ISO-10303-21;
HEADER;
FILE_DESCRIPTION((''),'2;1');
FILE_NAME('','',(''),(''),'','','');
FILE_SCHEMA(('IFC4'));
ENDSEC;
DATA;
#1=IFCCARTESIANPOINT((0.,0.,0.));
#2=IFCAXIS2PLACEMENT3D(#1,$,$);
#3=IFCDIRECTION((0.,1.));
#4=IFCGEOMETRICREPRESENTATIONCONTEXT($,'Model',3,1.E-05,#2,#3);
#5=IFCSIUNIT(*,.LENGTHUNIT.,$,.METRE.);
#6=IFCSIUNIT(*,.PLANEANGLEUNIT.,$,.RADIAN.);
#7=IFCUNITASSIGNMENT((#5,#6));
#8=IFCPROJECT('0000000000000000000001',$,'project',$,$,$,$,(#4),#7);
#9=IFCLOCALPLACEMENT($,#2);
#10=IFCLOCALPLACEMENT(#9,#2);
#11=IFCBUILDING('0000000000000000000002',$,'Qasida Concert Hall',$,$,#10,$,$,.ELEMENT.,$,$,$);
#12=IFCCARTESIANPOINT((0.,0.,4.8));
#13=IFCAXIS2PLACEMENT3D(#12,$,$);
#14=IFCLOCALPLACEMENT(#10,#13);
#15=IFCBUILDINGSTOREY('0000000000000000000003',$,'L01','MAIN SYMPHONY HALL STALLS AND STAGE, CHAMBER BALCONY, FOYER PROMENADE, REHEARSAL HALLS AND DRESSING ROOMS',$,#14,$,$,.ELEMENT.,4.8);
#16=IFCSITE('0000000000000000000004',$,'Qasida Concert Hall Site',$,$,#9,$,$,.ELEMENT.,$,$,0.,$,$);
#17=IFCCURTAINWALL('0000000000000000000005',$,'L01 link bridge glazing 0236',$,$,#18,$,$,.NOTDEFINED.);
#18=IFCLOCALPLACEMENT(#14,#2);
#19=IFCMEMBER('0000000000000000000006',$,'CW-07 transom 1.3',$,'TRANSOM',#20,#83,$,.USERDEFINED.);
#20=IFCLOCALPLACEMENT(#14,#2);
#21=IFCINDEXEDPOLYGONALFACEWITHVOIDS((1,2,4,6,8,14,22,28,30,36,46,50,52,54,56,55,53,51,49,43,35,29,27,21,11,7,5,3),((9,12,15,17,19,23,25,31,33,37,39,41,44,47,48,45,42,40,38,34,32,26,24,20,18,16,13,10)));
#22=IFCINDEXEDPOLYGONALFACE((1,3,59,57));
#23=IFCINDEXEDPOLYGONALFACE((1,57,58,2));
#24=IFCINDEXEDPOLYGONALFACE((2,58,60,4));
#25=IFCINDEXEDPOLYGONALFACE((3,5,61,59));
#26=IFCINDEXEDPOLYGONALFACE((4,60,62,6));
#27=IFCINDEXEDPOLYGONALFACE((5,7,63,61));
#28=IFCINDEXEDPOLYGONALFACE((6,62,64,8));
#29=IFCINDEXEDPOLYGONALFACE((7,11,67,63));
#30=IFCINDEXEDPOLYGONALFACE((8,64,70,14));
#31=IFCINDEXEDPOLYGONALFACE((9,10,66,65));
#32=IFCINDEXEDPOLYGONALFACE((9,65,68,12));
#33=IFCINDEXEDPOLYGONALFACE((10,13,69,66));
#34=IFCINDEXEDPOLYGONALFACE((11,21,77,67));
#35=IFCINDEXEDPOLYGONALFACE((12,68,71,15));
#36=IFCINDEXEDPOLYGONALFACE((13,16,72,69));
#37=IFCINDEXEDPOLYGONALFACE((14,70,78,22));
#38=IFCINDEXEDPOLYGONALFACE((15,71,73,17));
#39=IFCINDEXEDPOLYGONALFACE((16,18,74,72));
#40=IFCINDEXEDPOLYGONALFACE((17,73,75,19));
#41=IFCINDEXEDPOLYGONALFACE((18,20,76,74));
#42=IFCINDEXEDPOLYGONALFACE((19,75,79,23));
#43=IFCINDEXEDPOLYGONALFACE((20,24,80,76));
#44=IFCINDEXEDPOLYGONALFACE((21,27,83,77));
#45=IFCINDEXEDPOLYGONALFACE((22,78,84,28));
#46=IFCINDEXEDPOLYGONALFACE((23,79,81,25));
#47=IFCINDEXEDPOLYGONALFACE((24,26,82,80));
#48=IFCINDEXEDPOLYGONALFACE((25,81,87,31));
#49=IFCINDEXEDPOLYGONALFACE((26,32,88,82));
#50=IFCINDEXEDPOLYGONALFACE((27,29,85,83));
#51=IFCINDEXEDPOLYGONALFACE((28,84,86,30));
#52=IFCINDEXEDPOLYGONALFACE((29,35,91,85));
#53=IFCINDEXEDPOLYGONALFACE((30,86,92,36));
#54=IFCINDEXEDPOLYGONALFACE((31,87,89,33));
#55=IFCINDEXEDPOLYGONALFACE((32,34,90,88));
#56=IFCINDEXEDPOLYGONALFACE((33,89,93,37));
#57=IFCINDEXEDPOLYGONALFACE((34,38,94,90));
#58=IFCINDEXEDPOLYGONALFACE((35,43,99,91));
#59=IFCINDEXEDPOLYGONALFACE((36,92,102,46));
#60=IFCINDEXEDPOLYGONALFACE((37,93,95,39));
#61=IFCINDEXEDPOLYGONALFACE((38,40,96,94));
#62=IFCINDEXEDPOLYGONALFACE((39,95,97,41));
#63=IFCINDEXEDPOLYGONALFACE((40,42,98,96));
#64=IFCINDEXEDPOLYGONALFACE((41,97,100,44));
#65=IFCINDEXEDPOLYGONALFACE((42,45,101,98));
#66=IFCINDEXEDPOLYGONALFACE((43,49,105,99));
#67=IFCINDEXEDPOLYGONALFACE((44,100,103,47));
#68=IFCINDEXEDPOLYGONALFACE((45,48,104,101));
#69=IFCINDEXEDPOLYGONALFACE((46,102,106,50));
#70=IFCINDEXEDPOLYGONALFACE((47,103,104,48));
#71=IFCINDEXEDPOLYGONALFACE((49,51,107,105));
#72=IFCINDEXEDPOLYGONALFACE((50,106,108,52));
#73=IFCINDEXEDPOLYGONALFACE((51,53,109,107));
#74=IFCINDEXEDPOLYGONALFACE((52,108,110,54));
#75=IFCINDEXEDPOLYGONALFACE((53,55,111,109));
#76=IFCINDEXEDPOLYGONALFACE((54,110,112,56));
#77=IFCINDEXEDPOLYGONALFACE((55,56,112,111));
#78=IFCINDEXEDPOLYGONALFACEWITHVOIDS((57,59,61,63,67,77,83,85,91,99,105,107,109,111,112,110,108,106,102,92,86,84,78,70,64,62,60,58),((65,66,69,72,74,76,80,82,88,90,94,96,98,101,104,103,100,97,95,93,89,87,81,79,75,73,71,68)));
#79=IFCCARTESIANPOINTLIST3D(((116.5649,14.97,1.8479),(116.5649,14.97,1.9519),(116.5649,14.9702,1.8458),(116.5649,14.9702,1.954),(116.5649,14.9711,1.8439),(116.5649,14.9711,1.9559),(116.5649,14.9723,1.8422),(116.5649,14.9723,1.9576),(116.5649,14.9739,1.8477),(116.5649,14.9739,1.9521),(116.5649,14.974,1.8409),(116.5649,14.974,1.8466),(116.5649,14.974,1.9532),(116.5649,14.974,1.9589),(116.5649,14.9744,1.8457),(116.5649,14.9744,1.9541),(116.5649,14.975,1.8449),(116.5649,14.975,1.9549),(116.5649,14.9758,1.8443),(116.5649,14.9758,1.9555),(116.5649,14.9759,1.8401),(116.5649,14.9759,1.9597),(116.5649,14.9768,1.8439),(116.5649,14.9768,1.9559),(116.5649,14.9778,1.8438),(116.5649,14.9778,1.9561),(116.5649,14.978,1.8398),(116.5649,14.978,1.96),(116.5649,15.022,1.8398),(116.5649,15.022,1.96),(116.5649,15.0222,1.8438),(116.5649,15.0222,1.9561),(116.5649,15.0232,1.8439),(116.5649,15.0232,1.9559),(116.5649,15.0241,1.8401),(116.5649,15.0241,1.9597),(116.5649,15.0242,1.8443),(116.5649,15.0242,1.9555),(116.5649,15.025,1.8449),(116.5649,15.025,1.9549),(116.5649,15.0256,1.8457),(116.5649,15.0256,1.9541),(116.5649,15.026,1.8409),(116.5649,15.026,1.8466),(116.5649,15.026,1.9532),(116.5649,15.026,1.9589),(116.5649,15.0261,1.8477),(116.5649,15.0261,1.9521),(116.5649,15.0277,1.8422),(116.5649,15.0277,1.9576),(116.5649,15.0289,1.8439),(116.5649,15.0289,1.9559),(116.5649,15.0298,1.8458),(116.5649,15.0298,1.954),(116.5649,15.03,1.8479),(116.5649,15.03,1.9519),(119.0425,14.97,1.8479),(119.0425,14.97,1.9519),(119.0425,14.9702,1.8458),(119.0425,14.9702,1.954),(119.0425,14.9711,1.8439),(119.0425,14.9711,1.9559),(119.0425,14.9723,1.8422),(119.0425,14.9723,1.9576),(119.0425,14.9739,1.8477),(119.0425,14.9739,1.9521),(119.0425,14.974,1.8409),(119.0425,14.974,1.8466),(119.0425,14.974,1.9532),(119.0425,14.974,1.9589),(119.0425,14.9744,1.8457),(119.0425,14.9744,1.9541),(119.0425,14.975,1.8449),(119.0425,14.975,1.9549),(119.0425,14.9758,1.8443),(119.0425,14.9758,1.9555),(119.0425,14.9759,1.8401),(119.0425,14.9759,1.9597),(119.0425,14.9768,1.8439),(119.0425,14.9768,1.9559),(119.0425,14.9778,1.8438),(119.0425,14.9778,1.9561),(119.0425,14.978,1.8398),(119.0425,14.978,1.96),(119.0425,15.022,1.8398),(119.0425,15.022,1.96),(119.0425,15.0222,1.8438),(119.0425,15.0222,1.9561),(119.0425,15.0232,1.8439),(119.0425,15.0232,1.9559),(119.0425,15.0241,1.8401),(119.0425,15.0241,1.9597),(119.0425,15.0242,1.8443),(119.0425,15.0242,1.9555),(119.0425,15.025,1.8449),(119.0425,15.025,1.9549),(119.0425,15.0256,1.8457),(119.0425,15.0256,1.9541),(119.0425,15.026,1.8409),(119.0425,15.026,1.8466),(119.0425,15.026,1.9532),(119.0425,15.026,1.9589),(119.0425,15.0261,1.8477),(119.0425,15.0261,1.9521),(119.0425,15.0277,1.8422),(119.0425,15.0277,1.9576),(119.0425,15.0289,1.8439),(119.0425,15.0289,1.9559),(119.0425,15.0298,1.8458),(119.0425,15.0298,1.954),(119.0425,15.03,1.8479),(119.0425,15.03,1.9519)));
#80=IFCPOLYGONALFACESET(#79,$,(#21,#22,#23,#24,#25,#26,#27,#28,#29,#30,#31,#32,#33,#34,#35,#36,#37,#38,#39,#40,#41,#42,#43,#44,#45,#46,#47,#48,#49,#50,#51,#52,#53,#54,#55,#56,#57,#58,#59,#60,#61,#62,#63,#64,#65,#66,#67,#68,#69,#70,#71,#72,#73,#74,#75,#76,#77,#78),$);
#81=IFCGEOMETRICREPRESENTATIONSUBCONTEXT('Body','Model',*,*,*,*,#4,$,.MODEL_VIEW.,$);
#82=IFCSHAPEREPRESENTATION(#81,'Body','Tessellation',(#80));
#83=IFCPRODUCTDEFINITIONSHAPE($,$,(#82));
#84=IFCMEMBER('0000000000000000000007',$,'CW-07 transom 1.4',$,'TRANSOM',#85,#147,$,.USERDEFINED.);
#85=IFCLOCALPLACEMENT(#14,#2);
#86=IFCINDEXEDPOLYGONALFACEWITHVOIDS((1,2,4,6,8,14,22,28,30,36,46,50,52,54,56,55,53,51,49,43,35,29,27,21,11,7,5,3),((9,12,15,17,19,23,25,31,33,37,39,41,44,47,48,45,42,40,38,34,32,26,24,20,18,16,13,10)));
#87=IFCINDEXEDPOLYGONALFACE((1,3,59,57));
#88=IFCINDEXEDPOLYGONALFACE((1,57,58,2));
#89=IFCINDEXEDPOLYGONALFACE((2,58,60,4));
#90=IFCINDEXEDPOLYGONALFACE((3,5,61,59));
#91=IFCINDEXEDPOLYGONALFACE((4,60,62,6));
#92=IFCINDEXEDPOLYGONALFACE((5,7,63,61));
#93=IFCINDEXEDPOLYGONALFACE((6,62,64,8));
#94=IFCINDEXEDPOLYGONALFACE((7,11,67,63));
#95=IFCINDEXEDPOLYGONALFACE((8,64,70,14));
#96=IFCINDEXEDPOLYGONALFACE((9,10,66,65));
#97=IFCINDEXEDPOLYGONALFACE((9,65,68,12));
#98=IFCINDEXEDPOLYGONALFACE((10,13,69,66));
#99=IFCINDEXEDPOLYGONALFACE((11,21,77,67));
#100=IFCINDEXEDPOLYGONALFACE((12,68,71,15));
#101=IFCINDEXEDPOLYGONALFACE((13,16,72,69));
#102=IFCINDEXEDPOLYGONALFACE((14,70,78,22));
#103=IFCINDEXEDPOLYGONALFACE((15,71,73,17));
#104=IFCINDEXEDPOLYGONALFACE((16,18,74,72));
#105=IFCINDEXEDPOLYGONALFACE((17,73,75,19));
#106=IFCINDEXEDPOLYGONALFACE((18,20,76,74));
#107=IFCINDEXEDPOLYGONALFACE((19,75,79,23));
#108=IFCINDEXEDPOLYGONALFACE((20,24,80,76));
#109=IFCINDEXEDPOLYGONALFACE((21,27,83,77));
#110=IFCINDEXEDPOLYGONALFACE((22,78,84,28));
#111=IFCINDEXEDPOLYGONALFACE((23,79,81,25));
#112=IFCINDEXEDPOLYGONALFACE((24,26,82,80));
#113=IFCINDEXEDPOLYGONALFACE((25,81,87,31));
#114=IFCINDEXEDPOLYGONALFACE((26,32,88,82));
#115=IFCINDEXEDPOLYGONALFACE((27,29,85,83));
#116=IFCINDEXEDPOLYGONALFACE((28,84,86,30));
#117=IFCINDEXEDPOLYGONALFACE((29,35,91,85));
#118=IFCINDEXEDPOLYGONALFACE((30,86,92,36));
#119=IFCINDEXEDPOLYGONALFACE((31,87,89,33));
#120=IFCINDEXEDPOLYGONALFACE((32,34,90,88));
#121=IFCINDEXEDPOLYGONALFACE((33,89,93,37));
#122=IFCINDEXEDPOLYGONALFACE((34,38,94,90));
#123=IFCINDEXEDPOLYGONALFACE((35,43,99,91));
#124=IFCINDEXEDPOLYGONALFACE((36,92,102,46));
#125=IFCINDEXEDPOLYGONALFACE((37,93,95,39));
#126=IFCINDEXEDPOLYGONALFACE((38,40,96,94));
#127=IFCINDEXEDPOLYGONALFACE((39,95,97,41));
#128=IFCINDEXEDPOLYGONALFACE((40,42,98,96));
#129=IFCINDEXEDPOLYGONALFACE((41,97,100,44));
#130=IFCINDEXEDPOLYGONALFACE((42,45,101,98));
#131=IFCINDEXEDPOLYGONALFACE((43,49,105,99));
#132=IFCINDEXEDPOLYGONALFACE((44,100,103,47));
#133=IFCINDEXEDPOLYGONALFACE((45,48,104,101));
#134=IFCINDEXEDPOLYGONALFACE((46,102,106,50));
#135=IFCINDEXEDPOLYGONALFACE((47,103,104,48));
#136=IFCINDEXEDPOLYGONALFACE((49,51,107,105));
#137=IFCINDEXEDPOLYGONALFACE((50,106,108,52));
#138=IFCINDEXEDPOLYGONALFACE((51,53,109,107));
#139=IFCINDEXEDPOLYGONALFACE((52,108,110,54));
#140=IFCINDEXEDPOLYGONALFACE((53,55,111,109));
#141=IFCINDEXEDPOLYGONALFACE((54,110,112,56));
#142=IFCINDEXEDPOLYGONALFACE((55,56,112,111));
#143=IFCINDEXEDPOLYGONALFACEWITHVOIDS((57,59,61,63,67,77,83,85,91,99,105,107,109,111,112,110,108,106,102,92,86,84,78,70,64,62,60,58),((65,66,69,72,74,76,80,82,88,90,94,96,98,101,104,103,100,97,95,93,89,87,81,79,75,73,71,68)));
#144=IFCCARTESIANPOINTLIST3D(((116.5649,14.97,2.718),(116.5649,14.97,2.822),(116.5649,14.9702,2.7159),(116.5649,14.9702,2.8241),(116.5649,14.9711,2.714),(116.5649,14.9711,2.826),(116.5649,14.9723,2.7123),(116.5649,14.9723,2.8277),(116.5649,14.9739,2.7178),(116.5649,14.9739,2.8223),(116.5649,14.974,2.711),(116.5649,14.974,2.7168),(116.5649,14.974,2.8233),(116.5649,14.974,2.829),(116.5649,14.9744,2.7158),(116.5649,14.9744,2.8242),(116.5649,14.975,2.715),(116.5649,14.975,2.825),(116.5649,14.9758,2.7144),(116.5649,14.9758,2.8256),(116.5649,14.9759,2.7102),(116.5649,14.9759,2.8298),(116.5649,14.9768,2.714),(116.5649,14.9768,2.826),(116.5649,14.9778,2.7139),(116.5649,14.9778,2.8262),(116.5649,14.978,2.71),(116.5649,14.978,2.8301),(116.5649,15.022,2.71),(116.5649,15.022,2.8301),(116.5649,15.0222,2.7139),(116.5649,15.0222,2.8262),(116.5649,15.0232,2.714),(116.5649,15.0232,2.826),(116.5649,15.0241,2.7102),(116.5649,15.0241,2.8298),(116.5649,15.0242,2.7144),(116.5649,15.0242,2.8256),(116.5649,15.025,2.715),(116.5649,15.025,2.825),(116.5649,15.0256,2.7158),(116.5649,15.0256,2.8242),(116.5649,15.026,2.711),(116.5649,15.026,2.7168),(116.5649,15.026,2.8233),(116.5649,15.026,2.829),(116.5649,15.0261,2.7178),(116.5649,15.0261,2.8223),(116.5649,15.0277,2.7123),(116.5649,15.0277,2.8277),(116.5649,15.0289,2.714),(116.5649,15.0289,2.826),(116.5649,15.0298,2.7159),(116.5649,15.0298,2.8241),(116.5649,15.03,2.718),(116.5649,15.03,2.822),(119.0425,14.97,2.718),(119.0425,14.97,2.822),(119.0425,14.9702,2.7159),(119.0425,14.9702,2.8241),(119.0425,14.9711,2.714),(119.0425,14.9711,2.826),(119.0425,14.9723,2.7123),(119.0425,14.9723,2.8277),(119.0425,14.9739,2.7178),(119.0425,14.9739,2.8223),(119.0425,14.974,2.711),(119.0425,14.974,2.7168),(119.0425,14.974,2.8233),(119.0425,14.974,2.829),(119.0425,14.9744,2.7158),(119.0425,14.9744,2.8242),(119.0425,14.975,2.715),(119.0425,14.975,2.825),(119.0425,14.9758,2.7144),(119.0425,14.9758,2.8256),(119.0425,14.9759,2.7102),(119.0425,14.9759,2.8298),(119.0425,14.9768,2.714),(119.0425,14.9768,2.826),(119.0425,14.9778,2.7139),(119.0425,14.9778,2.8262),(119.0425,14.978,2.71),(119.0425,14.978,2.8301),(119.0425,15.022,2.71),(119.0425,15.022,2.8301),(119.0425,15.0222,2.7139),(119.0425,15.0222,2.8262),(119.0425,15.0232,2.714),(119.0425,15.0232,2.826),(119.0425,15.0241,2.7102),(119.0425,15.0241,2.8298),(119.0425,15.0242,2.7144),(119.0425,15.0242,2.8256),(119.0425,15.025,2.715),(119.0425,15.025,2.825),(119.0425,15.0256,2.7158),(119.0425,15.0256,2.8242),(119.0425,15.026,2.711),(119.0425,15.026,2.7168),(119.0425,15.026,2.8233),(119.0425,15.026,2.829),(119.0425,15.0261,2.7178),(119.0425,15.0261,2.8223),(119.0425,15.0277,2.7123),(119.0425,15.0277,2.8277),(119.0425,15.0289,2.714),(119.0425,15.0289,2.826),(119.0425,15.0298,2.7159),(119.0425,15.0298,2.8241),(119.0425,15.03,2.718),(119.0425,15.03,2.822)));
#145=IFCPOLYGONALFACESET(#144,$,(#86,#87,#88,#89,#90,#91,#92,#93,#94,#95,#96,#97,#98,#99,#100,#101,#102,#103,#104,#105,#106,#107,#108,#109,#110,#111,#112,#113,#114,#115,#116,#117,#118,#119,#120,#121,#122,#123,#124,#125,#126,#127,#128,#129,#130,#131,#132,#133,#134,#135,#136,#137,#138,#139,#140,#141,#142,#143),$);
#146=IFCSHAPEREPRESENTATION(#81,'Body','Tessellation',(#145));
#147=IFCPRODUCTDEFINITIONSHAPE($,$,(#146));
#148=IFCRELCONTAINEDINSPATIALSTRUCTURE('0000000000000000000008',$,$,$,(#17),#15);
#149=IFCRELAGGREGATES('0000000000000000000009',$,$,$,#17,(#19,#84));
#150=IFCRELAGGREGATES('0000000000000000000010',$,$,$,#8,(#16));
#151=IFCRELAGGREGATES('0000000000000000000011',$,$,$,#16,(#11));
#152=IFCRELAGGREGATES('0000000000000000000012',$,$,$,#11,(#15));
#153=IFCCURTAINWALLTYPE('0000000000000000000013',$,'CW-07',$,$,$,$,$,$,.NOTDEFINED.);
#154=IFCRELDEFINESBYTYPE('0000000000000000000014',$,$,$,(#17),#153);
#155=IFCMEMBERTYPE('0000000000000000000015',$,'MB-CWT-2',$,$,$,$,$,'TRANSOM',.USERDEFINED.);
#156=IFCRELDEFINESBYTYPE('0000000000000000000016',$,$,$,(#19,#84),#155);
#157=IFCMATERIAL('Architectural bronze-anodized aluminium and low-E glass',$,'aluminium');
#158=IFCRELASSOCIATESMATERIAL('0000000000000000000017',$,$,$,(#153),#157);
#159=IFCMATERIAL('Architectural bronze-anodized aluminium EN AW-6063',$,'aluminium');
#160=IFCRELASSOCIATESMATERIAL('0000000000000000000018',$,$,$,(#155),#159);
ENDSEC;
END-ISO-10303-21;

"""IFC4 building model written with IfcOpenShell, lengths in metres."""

from ifc_helpers import new_model, si_unit, direction, frame, origin, origin_2d, place, context, subcontext, project, spatial, hollow_rectangle, extrude, material, material_profile, profile_set, type_object, element, aggregate, save


model = new_model("IFC4")

# Units and contexts
model_context = context("Model", 3, precision=1e-05, world=origin(), true_north=direction((0.0, 1.0)))
body_context = subcontext(model_context, "Body", "Model", "MODEL_VIEW")
ifc_project = project(units=[si_unit("LENGTHUNIT", "METRE"), si_unit("PLANEANGLEUNIT", "RADIAN")], contexts=[model_context])

# Site, building, storey
site_placement = place(None, origin())
site = spatial("IfcSite", under=ifc_project, at=site_placement, Name="Qasida Concert Hall Site", CompositionType="ELEMENT", RefElevation=0.0)
building_placement = place(site_placement, origin())
building = spatial("IfcBuilding", under=site, at=building_placement, Name="Qasida Concert Hall", CompositionType="ELEMENT")
storey_placement = place(building_placement, frame((0.0, 0.0, 4.8)))
storey = spatial("IfcBuildingStorey", under=building, at=storey_placement, Name="L01", Description="MAIN SYMPHONY HALL STALLS AND STAGE, CHAMBER BALCONY, FOYER PROMENADE, REHEARSAL HALLS AND DRESSING ROOMS", CompositionType="ELEMENT", Elevation=4.8)

# Curtain wall
ifc_material_1 = material(Name="Architectural bronze-anodized aluminium and low-E glass", Category="aluminium")
curtain_wall_type = type_object("IfcCurtainWallType", Name="CW-07", PredefinedType="NOTDEFINED", material=ifc_material_1)
ifc_material_2 = material(Name="Architectural bronze-anodized aluminium EN AW-6063", Category="aluminium")
curtain_wall_1_placement = place(storey_placement, origin())
curtain_wall_1 = element("IfcCurtainWall", 1, at=curtain_wall_1_placement, inside=storey, type_object=curtain_wall_type, Name="L01 link bridge glazing 0236", PredefinedType="NOTDEFINED")

# Members
ifc_material_profile_1 = material_profile(ifc_material_2, hollow_rectangle(XDim=0.0601, YDim=0.1201, WallThickness=0.0039, InnerFilletRadius=0.0039, OuterFilletRadius=0.0081, at=origin_2d()), Name="CWT 120x60x4")
ifc_profile_set_1 = profile_set([ifc_material_profile_1], Name="Architectural bronze-anodized aluminium EN AW-6063")
member_type_1 = type_object("IfcMemberType", Name="MB-CWT-2", ElementType="TRANSOM", PredefinedType="USERDEFINED", material=ifc_profile_set_1)
member_1_placement = place(storey_placement, frame((116.5649, 15.0, 1.8999), z_axis=(1.0, 0.0, 0.0), x_axis=(0.0, 1.0, 0.0)))
member_1 = element("IfcMember", 2, at=member_1_placement, type_object=member_type_1, Name="CW-07 transom 1.3", ObjectType="TRANSOM", PredefinedType="USERDEFINED", context=body_context, shape_type="SweptSolid", body=[
    extrude(hollow_rectangle(XDim=0.0601, YDim=0.1201, WallThickness=0.0039, InnerFilletRadius=0.0039, OuterFilletRadius=0.0081, at=origin_2d()), origin(), (0.0, 0.0, 1.0), 2.4775),
])
member_2_placement = place(storey_placement, frame((116.5649, 15.0, 2.77), z_axis=(1.0, 0.0, 0.0), x_axis=(0.0, 1.0, 0.0)))
member_2 = element("IfcMember", 3, at=member_2_placement, type_object=member_type_1, Name="CW-07 transom 1.4", ObjectType="TRANSOM", PredefinedType="USERDEFINED", context=body_context, shape_type="SweptSolid", body=[
    extrude(hollow_rectangle(XDim=0.0601, YDim=0.1201, WallThickness=0.0039, InnerFilletRadius=0.0039, OuterFilletRadius=0.0081, at=origin_2d()), origin(), (0.0, 0.0, 1.0), 2.4775),
])
aggregate(curtain_wall_1, [member_1, member_2])

save(model, "model.ifc")
